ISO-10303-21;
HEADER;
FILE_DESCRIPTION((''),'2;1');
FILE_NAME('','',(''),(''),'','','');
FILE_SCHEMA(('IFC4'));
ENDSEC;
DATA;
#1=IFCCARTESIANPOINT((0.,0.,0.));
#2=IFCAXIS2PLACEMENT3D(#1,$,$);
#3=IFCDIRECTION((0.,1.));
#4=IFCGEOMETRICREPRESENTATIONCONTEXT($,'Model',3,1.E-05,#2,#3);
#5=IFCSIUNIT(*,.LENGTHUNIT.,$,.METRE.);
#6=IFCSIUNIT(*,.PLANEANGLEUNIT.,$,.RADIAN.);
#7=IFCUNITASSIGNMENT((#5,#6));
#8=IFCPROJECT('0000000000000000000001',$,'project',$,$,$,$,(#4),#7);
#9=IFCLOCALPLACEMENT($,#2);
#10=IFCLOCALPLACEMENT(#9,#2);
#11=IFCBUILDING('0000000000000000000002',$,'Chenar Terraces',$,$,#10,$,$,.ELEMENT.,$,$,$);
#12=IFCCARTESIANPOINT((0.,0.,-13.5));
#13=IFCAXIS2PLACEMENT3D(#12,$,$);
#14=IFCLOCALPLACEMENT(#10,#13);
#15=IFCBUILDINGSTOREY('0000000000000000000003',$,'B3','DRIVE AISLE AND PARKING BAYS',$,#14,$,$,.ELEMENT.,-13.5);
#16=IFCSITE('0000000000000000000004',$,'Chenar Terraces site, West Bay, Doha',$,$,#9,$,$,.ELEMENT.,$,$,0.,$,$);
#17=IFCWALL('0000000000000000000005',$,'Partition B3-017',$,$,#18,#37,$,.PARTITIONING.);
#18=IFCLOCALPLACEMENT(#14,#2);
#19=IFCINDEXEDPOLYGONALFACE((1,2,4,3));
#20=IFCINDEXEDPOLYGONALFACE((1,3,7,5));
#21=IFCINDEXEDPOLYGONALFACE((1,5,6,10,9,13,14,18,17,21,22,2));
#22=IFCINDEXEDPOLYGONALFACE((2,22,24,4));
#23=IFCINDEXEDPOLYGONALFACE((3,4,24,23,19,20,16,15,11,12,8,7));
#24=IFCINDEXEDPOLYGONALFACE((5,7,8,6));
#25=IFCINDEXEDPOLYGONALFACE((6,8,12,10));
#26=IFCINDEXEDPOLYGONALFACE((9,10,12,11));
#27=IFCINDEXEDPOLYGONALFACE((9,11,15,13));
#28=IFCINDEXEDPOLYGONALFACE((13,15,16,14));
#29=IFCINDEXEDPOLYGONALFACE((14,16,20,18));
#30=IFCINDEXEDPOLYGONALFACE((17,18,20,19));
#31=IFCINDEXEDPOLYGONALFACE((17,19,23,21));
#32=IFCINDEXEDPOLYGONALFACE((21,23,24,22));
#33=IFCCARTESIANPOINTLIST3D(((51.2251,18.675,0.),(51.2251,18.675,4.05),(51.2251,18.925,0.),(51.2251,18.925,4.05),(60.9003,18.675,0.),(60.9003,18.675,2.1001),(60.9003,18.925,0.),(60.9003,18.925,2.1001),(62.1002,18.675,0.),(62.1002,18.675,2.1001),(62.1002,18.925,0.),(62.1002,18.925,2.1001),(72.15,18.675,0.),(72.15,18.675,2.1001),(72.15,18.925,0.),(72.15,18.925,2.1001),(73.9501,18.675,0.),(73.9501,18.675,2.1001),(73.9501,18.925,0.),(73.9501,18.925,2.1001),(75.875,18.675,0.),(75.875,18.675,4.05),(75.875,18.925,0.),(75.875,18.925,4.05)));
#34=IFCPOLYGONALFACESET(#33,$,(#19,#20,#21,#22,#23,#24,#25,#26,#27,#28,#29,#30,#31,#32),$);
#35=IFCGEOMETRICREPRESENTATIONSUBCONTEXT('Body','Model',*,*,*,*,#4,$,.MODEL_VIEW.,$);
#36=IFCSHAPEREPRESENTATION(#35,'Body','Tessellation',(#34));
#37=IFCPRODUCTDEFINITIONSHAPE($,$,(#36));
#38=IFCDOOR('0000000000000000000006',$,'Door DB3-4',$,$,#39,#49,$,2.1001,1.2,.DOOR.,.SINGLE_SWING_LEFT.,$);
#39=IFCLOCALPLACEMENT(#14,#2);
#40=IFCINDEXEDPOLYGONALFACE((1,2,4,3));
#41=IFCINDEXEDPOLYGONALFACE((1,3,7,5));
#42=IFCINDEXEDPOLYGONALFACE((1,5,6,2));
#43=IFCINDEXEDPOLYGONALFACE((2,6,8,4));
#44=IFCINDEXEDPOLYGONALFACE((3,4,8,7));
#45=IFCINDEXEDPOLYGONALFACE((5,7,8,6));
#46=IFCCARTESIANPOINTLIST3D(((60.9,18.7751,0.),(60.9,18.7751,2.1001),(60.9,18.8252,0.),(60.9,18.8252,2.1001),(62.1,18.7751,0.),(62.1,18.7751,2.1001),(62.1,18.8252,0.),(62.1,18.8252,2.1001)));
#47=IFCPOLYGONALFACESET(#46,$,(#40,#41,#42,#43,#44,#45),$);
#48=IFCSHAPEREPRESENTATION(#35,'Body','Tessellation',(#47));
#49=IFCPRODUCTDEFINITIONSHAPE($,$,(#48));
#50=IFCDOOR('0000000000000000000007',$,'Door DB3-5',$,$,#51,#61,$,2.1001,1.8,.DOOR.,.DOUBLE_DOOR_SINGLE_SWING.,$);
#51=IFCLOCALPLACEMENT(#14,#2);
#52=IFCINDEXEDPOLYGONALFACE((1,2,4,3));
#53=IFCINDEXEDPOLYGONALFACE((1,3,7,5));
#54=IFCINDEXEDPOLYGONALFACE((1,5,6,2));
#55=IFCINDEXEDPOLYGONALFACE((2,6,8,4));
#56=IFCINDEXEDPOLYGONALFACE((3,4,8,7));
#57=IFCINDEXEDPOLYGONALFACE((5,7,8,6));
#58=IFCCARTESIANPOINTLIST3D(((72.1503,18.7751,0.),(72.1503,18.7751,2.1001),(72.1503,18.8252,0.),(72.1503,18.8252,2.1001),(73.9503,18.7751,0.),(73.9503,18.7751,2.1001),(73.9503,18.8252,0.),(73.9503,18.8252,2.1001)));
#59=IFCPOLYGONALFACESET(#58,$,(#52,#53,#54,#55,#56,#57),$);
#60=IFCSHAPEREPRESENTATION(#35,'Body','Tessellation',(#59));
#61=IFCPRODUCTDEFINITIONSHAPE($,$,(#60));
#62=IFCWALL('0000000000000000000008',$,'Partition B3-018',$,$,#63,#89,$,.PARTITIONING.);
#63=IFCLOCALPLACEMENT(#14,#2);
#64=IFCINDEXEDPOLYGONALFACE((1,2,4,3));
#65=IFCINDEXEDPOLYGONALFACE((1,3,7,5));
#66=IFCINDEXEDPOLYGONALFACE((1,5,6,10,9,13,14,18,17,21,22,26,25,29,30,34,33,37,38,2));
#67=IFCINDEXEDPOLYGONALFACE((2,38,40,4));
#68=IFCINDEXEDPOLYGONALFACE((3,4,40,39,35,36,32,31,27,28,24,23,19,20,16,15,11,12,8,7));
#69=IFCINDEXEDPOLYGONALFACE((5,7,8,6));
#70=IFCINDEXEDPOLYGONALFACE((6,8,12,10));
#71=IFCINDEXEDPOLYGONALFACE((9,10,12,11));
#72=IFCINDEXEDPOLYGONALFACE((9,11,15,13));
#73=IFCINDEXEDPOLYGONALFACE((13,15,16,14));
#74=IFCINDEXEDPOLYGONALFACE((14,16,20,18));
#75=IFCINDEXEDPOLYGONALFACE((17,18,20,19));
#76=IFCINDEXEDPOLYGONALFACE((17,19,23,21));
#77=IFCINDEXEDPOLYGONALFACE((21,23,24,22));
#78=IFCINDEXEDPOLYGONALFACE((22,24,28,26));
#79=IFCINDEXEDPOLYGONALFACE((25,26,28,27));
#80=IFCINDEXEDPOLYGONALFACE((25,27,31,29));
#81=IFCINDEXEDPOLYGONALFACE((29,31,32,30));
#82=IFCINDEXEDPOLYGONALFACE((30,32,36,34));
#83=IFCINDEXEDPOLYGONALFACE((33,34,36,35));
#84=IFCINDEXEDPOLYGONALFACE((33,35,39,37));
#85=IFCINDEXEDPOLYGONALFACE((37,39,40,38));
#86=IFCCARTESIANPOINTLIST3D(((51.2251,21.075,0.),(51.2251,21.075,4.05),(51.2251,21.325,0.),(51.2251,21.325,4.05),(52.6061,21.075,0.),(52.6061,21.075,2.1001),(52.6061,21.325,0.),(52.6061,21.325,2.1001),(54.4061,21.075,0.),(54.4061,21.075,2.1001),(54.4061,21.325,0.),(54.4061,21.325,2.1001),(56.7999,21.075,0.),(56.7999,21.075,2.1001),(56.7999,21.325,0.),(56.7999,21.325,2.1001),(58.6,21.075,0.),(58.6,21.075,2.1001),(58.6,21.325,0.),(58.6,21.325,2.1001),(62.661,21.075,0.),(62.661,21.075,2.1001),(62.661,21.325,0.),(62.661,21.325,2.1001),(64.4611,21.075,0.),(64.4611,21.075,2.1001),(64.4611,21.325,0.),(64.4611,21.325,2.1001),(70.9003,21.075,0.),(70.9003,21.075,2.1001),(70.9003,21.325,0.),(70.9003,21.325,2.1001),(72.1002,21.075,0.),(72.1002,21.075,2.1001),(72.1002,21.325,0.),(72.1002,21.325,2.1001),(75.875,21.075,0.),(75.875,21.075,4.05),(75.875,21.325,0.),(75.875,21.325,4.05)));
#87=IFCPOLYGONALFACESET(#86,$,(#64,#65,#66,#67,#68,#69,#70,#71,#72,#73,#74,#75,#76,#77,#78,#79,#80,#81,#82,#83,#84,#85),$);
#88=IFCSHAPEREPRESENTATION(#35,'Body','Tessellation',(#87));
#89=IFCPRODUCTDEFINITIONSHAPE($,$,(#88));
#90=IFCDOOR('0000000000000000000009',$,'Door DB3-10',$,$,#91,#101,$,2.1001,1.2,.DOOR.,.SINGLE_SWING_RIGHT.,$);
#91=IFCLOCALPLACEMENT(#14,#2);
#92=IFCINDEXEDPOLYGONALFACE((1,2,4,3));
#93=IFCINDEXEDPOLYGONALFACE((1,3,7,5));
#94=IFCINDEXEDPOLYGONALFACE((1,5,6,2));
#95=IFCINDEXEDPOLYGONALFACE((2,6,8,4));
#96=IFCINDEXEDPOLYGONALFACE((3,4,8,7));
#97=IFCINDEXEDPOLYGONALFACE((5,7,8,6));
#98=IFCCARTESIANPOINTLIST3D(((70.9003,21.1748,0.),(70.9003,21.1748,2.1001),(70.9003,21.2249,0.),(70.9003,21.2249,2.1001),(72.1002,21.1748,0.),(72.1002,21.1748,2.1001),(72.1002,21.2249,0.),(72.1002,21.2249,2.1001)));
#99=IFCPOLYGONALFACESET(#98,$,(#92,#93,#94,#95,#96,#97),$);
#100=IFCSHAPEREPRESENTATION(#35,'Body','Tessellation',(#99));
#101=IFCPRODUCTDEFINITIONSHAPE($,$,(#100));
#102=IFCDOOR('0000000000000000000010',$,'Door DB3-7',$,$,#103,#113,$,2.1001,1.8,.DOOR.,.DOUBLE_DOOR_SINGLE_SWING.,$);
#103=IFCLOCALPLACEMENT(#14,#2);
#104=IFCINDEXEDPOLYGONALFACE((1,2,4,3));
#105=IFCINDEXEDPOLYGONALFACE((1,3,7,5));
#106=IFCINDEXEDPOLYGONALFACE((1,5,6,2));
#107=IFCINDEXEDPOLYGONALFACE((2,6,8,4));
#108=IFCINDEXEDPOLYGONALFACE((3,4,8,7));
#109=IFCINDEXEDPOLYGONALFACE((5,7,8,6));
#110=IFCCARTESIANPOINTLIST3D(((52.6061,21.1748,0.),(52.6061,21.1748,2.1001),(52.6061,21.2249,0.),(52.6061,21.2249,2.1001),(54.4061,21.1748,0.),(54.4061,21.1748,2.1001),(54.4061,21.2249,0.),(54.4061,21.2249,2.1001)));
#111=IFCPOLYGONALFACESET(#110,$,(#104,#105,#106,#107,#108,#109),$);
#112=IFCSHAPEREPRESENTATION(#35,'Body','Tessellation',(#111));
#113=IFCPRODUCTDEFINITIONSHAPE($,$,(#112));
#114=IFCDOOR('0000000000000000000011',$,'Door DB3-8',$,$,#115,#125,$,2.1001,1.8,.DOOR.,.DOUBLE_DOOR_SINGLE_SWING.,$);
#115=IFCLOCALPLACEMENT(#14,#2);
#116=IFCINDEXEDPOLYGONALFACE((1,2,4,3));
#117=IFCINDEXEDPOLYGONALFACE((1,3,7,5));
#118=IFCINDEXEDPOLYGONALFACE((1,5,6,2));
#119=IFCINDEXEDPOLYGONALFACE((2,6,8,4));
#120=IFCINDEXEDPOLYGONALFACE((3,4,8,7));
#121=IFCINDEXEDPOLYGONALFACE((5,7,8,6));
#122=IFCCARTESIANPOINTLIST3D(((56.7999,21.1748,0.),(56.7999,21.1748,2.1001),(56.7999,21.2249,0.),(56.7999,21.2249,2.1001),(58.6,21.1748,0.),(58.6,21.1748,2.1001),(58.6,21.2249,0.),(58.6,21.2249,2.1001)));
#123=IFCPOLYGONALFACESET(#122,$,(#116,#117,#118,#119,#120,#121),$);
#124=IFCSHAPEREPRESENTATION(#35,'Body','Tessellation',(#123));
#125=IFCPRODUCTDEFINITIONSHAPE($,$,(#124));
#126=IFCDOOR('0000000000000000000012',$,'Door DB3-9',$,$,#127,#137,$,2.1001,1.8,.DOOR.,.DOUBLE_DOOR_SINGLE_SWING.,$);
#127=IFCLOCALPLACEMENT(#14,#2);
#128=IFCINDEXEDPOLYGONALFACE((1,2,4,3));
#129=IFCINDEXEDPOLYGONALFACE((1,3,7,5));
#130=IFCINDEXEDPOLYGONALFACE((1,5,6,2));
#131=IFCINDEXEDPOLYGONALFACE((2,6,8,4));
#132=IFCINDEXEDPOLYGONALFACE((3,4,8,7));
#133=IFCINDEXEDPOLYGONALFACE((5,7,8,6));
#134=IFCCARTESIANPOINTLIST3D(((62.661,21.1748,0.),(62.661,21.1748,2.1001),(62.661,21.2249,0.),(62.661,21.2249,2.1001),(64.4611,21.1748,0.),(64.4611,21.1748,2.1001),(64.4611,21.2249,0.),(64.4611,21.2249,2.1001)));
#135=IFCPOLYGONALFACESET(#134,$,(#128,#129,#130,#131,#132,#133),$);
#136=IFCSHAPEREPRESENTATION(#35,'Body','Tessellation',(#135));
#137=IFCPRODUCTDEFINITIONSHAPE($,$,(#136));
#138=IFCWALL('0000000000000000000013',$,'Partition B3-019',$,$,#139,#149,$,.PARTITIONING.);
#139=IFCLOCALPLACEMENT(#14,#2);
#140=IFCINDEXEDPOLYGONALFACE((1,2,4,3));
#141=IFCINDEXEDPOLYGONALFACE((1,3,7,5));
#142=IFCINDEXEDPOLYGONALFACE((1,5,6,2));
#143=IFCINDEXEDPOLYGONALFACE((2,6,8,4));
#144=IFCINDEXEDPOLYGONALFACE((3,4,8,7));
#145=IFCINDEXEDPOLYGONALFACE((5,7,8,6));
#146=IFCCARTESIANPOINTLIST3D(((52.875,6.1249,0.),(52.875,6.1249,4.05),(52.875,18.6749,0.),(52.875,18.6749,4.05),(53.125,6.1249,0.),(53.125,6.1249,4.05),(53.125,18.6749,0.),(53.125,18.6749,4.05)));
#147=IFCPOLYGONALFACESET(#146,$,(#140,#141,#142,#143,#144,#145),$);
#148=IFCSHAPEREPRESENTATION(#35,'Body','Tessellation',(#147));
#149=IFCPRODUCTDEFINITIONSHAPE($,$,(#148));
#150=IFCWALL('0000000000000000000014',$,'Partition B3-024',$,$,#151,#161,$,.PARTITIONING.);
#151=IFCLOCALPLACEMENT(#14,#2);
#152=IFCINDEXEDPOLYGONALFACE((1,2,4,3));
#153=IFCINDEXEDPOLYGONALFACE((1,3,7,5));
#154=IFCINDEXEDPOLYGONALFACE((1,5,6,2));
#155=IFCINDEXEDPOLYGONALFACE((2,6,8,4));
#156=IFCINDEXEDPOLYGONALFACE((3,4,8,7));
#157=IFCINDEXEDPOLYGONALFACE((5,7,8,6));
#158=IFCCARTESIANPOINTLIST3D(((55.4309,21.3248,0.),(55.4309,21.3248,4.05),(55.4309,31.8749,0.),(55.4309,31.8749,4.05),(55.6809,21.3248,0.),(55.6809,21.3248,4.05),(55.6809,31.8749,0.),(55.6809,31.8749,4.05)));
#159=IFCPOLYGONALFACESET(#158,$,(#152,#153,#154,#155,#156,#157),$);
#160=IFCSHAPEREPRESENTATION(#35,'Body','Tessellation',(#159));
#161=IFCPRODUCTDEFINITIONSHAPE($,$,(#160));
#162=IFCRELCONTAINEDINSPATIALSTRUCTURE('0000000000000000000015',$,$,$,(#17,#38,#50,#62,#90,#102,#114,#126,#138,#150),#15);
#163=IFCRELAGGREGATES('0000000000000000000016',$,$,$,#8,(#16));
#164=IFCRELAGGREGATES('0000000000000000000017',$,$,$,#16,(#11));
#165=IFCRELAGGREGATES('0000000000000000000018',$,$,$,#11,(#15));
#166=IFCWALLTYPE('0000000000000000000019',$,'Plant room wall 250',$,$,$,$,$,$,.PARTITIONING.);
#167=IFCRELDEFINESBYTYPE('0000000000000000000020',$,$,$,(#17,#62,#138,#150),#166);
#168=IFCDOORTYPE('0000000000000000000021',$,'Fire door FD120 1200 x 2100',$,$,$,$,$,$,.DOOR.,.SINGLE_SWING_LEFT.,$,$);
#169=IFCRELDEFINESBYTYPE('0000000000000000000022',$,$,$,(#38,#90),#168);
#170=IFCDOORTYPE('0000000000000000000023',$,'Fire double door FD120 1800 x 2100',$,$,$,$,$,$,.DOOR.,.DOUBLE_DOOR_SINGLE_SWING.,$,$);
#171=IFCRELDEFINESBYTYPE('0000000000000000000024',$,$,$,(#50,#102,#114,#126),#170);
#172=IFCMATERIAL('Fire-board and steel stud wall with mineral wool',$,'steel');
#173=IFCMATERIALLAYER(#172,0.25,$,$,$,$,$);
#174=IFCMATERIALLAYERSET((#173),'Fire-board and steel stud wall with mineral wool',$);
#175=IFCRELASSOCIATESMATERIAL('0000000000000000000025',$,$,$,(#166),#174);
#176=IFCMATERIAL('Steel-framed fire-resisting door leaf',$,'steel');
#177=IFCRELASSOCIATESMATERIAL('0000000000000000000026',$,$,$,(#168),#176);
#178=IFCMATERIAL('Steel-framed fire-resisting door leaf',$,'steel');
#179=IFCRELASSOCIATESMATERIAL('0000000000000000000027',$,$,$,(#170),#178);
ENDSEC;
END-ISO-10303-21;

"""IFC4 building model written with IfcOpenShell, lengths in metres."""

from ifc_helpers import new_model, si_unit, direction, frame, frame_2d, origin, place, context, subcontext, project, spatial, rectangle, extrude, material, layer, layer_set, type_object, element, fill, save


model = new_model("IFC4")

# Units and contexts
model_context = context("Model", 3, precision=1e-05, world=origin(), true_north=direction((0.0, 1.0)))
body_context = subcontext(model_context, "Body", "Model", "MODEL_VIEW")
ifc_project = project(units=[si_unit("LENGTHUNIT", "METRE"), si_unit("PLANEANGLEUNIT", "RADIAN")], contexts=[model_context])

# Site, building, storey
site_placement = place(None, origin())
site = spatial("IfcSite", under=ifc_project, at=site_placement, Name="Chenar Terraces site, West Bay, Doha", CompositionType="ELEMENT", RefElevation=0.0)
building_placement = place(site_placement, origin())
building = spatial("IfcBuilding", under=site, at=building_placement, Name="Chenar Terraces", CompositionType="ELEMENT")
storey_placement = place(building_placement, frame((0.0, 0.0, -13.5)))
storey = spatial("IfcBuildingStorey", under=building, at=storey_placement, Name="B3", Description="DRIVE AISLE AND PARKING BAYS", CompositionType="ELEMENT", Elevation=-13.5)

# Walls, openings, doors
ifc_material_1 = material(Name="Fire-board and steel stud wall with mineral wool", Category="steel")
ifc_layer_1 = layer(ifc_material_1, 0.25)
ifc_layer_set_1 = layer_set([ifc_layer_1], Name="Fire-board and steel stud wall with mineral wool")
wall_type_1 = type_object("IfcWallType", Name="Plant room wall 250", PredefinedType="PARTITIONING", material=ifc_layer_set_1)
wall_1_placement = place(storey_placement, frame((51.2251, 18.8, 0.0), z_axis=(0.0, 0.0, 1.0), x_axis=(1.0, 0.0, 0.0)))
wall_1 = element("IfcWall", 1, at=wall_1_placement, inside=storey, type_object=wall_type_1, Name="Partition B3-017", PredefinedType="PARTITIONING", context=body_context, shape_type="SweptSolid", body=[
    extrude(rectangle(XDim=24.6499, YDim=0.25, at=frame_2d((12.325, 0.0))), origin(), (0.0, 0.0, 1.0), 4.05),
])
opening_1_placement = place(wall_1_placement, frame((9.675, 0.0, 0.0)))
opening_1 = element("IfcOpeningElement", 2, at=opening_1_placement, cuts=wall_1, PredefinedType="OPENING", context=body_context, shape_type="SweptSolid", body=[
    extrude(rectangle(XDim=1.2, YDim=2.1001, at=frame_2d((0.6001, 1.05))), frame((0.0, 0.135, 0.0), z_axis=(0.0, -1.0, 0.0), x_axis=(1.0, 0.0, 0.0)), (0.0, 0.0, 1.0), 0.27),
])
opening_2_placement = place(wall_1_placement, frame((20.925, 0.0, 0.0)))
opening_2 = element("IfcOpeningElement", 3, at=opening_2_placement, cuts=wall_1, PredefinedType="OPENING", context=body_context, shape_type="SweptSolid", body=[
    extrude(rectangle(XDim=1.8, YDim=2.1001, at=frame_2d((0.8999, 1.05))), frame((0.0, 0.135, 0.0), z_axis=(0.0, -1.0, 0.0), x_axis=(1.0, 0.0, 0.0)), (0.0, 0.0, 1.0), 0.27),
])
ifc_material_2 = material(Name="Steel-framed fire-resisting door leaf", Category="steel")
door_type_1 = type_object("IfcDoorType", Name="Fire door FD120 1200 x 2100", OperationType="SINGLE_SWING_LEFT", PredefinedType="DOOR", material=ifc_material_2)
door_1_placement = place(opening_1_placement, frame((1.2, 0.0, 0.0), z_axis=(0.0, 0.0, 1.0), x_axis=(-1.0, 0.0, 0.0)))
door_1 = element("IfcDoor", 4, at=door_1_placement, inside=storey, type_object=door_type_1, Name="Door DB3-4", OperationType="SINGLE_SWING_LEFT", OverallHeight=2.1001, OverallWidth=1.2, PredefinedType="DOOR", context=body_context, shape_type="SweptSolid", body=[
    extrude(rectangle(XDim=1.2, YDim=2.1001, at=frame_2d((0.6001, 1.05))), frame((0.0, 0.0249, 0.0), z_axis=(0.0, -1.0, 0.0), x_axis=(1.0, 0.0, 0.0)), (0.0, 0.0, 1.0), 0.05),
])
fill(opening_1, door_1)
ifc_material_3 = material(Name="Steel-framed fire-resisting door leaf", Category="steel")
door_type_2 = type_object("IfcDoorType", Name="Fire double door FD120 1800 x 2100", OperationType="DOUBLE_DOOR_SINGLE_SWING", PredefinedType="DOOR", material=ifc_material_3)
door_2_placement = place(opening_2_placement, frame((1.8, 0.0, 0.0), z_axis=(0.0, 0.0, 1.0), x_axis=(-1.0, 0.0, 0.0)))
door_2 = element("IfcDoor", 5, at=door_2_placement, inside=storey, type_object=door_type_2, Name="Door DB3-5", OperationType="DOUBLE_DOOR_SINGLE_SWING", OverallHeight=2.1001, OverallWidth=1.8, PredefinedType="DOOR", context=body_context, shape_type="SweptSolid", body=[
    extrude(rectangle(XDim=1.8, YDim=2.1001, at=frame_2d((0.8999, 1.05))), frame((0.0, 0.0249, 0.0), z_axis=(0.0, -1.0, 0.0), x_axis=(1.0, 0.0, 0.0)), (0.0, 0.0, 1.0), 0.05),
])
fill(opening_2, door_2)
wall_2_placement = place(storey_placement, frame((51.2251, 21.2, 0.0), z_axis=(0.0, 0.0, 1.0), x_axis=(1.0, 0.0, 0.0)))
wall_2 = element("IfcWall", 6, at=wall_2_placement, inside=storey, type_object=wall_type_1, Name="Partition B3-018", PredefinedType="PARTITIONING", context=body_context, shape_type="SweptSolid", body=[
    extrude(rectangle(XDim=24.6499, YDim=0.25, at=frame_2d((12.325, 0.0))), origin(), (0.0, 0.0, 1.0), 4.05),
])
opening_3_placement = place(wall_2_placement, frame((1.3811, 0.0, 0.0)))
opening_3 = element("IfcOpeningElement", 7, at=opening_3_placement, cuts=wall_2, PredefinedType="OPENING", context=body_context, shape_type="SweptSolid", body=[
    extrude(rectangle(XDim=1.8, YDim=2.1001, at=frame_2d((0.8999, 1.05))), frame((0.0, 0.135, 0.0), z_axis=(0.0, -1.0, 0.0), x_axis=(1.0, 0.0, 0.0)), (0.0, 0.0, 1.0), 0.27),
])
opening_4_placement = place(wall_2_placement, frame((5.575, 0.0, 0.0)))
opening_4 = element("IfcOpeningElement", 8, at=opening_4_placement, cuts=wall_2, PredefinedType="OPENING", context=body_context, shape_type="SweptSolid", body=[
    extrude(rectangle(XDim=1.8, YDim=2.1001, at=frame_2d((0.8999, 1.05))), frame((0.0, 0.135, 0.0), z_axis=(0.0, -1.0, 0.0), x_axis=(1.0, 0.0, 0.0)), (0.0, 0.0, 1.0), 0.27),
])
opening_5_placement = place(wall_2_placement, frame((11.436, 0.0, 0.0)))
opening_5 = element("IfcOpeningElement", 9, at=opening_5_placement, cuts=wall_2, PredefinedType="OPENING", context=body_context, shape_type="SweptSolid", body=[
    extrude(rectangle(XDim=1.8, YDim=2.1001, at=frame_2d((0.8999, 1.05))), frame((0.0, 0.135, 0.0), z_axis=(0.0, -1.0, 0.0), x_axis=(1.0, 0.0, 0.0)), (0.0, 0.0, 1.0), 0.27),
])
opening_6_placement = place(wall_2_placement, frame((19.675, 0.0, 0.0)))
opening_6 = element("IfcOpeningElement", 10, at=opening_6_placement, cuts=wall_2, PredefinedType="OPENING", context=body_context, shape_type="SweptSolid", body=[
    extrude(rectangle(XDim=1.2, YDim=2.1001, at=frame_2d((0.6001, 1.05))), frame((0.0, 0.135, 0.0), z_axis=(0.0, -1.0, 0.0), x_axis=(1.0, 0.0, 0.0)), (0.0, 0.0, 1.0), 0.27),
])
door_3_placement = place(opening_6_placement, origin())
door_3 = element("IfcDoor", 11, at=door_3_placement, inside=storey, type_object=door_type_1, Name="Door DB3-10", OperationType="SINGLE_SWING_RIGHT", OverallHeight=2.1001, OverallWidth=1.2, PredefinedType="DOOR", context=body_context, shape_type="SweptSolid", body=[
    extrude(rectangle(XDim=1.2, YDim=2.1001, at=frame_2d((0.6001, 1.05))), frame((0.0, 0.0249, 0.0), z_axis=(0.0, -1.0, 0.0), x_axis=(1.0, 0.0, 0.0)), (0.0, 0.0, 1.0), 0.05),
])
fill(opening_6, door_3)
door_4_placement = place(opening_3_placement, origin())
door_4 = element("IfcDoor", 12, at=door_4_placement, inside=storey, type_object=door_type_2, Name="Door DB3-7", OperationType="DOUBLE_DOOR_SINGLE_SWING", OverallHeight=2.1001, OverallWidth=1.8, PredefinedType="DOOR", context=body_context, shape_type="SweptSolid", body=[
    extrude(rectangle(XDim=1.8, YDim=2.1001, at=frame_2d((0.8999, 1.05))), frame((0.0, 0.0249, 0.0), z_axis=(0.0, -1.0, 0.0), x_axis=(1.0, 0.0, 0.0)), (0.0, 0.0, 1.0), 0.05),
])
fill(opening_3, door_4)
door_5_placement = place(opening_4_placement, origin())
door_5 = element("IfcDoor", 13, at=door_5_placement, inside=storey, type_object=door_type_2, Name="Door DB3-8", OperationType="DOUBLE_DOOR_SINGLE_SWING", OverallHeight=2.1001, OverallWidth=1.8, PredefinedType="DOOR", context=body_context, shape_type="SweptSolid", body=[
    extrude(rectangle(XDim=1.8, YDim=2.1001, at=frame_2d((0.8999, 1.05))), frame((0.0, 0.0249, 0.0), z_axis=(0.0, -1.0, 0.0), x_axis=(1.0, 0.0, 0.0)), (0.0, 0.0, 1.0), 0.05),
])
fill(opening_4, door_5)
door_6_placement = place(opening_5_placement, origin())
door_6 = element("IfcDoor", 14, at=door_6_placement, inside=storey, type_object=door_type_2, Name="Door DB3-9", OperationType="DOUBLE_DOOR_SINGLE_SWING", OverallHeight=2.1001, OverallWidth=1.8, PredefinedType="DOOR", context=body_context, shape_type="SweptSolid", body=[
    extrude(rectangle(XDim=1.8, YDim=2.1001, at=frame_2d((0.8999, 1.05))), frame((0.0, 0.0249, 0.0), z_axis=(0.0, -1.0, 0.0), x_axis=(1.0, 0.0, 0.0)), (0.0, 0.0, 1.0), 0.05),
])
fill(opening_5, door_6)

# Walls
wall_3_placement = place(storey_placement, frame((53.0, 6.125, 0.0), z_axis=(0.0, 0.0, 1.0), x_axis=(0.0, 1.0, 0.0)))
element("IfcWall", 15, at=wall_3_placement, inside=storey, type_object=wall_type_1, Name="Partition B3-019", PredefinedType="PARTITIONING", context=body_context, shape_type="SweptSolid", body=[
    extrude(rectangle(XDim=12.55, YDim=0.25, at=frame_2d((6.2749, 0.0))), origin(), (0.0, 0.0, 1.0), 4.05),
])
for number, where, z_axis, x_axis, name in (
    (16, (55.5559, 21.325, 0.0), (0.0, 0.0, 1.0), (0.0, 1.0, 0.0), "Partition B3-024"),
):
    element("IfcWall", number, at=place(storey_placement, frame(where, z_axis=z_axis, x_axis=x_axis)), inside=storey, type_object=wall_type_1, Name=name, PredefinedType="PARTITIONING", context=body_context, shape_type="SweptSolid", body=[
        extrude(rectangle(XDim=10.55, YDim=0.25, at=frame_2d((5.2749, 0.0))), origin(), (0.0, 0.0, 1.0), 4.05),
    ])

save(model, "model.ifc")
